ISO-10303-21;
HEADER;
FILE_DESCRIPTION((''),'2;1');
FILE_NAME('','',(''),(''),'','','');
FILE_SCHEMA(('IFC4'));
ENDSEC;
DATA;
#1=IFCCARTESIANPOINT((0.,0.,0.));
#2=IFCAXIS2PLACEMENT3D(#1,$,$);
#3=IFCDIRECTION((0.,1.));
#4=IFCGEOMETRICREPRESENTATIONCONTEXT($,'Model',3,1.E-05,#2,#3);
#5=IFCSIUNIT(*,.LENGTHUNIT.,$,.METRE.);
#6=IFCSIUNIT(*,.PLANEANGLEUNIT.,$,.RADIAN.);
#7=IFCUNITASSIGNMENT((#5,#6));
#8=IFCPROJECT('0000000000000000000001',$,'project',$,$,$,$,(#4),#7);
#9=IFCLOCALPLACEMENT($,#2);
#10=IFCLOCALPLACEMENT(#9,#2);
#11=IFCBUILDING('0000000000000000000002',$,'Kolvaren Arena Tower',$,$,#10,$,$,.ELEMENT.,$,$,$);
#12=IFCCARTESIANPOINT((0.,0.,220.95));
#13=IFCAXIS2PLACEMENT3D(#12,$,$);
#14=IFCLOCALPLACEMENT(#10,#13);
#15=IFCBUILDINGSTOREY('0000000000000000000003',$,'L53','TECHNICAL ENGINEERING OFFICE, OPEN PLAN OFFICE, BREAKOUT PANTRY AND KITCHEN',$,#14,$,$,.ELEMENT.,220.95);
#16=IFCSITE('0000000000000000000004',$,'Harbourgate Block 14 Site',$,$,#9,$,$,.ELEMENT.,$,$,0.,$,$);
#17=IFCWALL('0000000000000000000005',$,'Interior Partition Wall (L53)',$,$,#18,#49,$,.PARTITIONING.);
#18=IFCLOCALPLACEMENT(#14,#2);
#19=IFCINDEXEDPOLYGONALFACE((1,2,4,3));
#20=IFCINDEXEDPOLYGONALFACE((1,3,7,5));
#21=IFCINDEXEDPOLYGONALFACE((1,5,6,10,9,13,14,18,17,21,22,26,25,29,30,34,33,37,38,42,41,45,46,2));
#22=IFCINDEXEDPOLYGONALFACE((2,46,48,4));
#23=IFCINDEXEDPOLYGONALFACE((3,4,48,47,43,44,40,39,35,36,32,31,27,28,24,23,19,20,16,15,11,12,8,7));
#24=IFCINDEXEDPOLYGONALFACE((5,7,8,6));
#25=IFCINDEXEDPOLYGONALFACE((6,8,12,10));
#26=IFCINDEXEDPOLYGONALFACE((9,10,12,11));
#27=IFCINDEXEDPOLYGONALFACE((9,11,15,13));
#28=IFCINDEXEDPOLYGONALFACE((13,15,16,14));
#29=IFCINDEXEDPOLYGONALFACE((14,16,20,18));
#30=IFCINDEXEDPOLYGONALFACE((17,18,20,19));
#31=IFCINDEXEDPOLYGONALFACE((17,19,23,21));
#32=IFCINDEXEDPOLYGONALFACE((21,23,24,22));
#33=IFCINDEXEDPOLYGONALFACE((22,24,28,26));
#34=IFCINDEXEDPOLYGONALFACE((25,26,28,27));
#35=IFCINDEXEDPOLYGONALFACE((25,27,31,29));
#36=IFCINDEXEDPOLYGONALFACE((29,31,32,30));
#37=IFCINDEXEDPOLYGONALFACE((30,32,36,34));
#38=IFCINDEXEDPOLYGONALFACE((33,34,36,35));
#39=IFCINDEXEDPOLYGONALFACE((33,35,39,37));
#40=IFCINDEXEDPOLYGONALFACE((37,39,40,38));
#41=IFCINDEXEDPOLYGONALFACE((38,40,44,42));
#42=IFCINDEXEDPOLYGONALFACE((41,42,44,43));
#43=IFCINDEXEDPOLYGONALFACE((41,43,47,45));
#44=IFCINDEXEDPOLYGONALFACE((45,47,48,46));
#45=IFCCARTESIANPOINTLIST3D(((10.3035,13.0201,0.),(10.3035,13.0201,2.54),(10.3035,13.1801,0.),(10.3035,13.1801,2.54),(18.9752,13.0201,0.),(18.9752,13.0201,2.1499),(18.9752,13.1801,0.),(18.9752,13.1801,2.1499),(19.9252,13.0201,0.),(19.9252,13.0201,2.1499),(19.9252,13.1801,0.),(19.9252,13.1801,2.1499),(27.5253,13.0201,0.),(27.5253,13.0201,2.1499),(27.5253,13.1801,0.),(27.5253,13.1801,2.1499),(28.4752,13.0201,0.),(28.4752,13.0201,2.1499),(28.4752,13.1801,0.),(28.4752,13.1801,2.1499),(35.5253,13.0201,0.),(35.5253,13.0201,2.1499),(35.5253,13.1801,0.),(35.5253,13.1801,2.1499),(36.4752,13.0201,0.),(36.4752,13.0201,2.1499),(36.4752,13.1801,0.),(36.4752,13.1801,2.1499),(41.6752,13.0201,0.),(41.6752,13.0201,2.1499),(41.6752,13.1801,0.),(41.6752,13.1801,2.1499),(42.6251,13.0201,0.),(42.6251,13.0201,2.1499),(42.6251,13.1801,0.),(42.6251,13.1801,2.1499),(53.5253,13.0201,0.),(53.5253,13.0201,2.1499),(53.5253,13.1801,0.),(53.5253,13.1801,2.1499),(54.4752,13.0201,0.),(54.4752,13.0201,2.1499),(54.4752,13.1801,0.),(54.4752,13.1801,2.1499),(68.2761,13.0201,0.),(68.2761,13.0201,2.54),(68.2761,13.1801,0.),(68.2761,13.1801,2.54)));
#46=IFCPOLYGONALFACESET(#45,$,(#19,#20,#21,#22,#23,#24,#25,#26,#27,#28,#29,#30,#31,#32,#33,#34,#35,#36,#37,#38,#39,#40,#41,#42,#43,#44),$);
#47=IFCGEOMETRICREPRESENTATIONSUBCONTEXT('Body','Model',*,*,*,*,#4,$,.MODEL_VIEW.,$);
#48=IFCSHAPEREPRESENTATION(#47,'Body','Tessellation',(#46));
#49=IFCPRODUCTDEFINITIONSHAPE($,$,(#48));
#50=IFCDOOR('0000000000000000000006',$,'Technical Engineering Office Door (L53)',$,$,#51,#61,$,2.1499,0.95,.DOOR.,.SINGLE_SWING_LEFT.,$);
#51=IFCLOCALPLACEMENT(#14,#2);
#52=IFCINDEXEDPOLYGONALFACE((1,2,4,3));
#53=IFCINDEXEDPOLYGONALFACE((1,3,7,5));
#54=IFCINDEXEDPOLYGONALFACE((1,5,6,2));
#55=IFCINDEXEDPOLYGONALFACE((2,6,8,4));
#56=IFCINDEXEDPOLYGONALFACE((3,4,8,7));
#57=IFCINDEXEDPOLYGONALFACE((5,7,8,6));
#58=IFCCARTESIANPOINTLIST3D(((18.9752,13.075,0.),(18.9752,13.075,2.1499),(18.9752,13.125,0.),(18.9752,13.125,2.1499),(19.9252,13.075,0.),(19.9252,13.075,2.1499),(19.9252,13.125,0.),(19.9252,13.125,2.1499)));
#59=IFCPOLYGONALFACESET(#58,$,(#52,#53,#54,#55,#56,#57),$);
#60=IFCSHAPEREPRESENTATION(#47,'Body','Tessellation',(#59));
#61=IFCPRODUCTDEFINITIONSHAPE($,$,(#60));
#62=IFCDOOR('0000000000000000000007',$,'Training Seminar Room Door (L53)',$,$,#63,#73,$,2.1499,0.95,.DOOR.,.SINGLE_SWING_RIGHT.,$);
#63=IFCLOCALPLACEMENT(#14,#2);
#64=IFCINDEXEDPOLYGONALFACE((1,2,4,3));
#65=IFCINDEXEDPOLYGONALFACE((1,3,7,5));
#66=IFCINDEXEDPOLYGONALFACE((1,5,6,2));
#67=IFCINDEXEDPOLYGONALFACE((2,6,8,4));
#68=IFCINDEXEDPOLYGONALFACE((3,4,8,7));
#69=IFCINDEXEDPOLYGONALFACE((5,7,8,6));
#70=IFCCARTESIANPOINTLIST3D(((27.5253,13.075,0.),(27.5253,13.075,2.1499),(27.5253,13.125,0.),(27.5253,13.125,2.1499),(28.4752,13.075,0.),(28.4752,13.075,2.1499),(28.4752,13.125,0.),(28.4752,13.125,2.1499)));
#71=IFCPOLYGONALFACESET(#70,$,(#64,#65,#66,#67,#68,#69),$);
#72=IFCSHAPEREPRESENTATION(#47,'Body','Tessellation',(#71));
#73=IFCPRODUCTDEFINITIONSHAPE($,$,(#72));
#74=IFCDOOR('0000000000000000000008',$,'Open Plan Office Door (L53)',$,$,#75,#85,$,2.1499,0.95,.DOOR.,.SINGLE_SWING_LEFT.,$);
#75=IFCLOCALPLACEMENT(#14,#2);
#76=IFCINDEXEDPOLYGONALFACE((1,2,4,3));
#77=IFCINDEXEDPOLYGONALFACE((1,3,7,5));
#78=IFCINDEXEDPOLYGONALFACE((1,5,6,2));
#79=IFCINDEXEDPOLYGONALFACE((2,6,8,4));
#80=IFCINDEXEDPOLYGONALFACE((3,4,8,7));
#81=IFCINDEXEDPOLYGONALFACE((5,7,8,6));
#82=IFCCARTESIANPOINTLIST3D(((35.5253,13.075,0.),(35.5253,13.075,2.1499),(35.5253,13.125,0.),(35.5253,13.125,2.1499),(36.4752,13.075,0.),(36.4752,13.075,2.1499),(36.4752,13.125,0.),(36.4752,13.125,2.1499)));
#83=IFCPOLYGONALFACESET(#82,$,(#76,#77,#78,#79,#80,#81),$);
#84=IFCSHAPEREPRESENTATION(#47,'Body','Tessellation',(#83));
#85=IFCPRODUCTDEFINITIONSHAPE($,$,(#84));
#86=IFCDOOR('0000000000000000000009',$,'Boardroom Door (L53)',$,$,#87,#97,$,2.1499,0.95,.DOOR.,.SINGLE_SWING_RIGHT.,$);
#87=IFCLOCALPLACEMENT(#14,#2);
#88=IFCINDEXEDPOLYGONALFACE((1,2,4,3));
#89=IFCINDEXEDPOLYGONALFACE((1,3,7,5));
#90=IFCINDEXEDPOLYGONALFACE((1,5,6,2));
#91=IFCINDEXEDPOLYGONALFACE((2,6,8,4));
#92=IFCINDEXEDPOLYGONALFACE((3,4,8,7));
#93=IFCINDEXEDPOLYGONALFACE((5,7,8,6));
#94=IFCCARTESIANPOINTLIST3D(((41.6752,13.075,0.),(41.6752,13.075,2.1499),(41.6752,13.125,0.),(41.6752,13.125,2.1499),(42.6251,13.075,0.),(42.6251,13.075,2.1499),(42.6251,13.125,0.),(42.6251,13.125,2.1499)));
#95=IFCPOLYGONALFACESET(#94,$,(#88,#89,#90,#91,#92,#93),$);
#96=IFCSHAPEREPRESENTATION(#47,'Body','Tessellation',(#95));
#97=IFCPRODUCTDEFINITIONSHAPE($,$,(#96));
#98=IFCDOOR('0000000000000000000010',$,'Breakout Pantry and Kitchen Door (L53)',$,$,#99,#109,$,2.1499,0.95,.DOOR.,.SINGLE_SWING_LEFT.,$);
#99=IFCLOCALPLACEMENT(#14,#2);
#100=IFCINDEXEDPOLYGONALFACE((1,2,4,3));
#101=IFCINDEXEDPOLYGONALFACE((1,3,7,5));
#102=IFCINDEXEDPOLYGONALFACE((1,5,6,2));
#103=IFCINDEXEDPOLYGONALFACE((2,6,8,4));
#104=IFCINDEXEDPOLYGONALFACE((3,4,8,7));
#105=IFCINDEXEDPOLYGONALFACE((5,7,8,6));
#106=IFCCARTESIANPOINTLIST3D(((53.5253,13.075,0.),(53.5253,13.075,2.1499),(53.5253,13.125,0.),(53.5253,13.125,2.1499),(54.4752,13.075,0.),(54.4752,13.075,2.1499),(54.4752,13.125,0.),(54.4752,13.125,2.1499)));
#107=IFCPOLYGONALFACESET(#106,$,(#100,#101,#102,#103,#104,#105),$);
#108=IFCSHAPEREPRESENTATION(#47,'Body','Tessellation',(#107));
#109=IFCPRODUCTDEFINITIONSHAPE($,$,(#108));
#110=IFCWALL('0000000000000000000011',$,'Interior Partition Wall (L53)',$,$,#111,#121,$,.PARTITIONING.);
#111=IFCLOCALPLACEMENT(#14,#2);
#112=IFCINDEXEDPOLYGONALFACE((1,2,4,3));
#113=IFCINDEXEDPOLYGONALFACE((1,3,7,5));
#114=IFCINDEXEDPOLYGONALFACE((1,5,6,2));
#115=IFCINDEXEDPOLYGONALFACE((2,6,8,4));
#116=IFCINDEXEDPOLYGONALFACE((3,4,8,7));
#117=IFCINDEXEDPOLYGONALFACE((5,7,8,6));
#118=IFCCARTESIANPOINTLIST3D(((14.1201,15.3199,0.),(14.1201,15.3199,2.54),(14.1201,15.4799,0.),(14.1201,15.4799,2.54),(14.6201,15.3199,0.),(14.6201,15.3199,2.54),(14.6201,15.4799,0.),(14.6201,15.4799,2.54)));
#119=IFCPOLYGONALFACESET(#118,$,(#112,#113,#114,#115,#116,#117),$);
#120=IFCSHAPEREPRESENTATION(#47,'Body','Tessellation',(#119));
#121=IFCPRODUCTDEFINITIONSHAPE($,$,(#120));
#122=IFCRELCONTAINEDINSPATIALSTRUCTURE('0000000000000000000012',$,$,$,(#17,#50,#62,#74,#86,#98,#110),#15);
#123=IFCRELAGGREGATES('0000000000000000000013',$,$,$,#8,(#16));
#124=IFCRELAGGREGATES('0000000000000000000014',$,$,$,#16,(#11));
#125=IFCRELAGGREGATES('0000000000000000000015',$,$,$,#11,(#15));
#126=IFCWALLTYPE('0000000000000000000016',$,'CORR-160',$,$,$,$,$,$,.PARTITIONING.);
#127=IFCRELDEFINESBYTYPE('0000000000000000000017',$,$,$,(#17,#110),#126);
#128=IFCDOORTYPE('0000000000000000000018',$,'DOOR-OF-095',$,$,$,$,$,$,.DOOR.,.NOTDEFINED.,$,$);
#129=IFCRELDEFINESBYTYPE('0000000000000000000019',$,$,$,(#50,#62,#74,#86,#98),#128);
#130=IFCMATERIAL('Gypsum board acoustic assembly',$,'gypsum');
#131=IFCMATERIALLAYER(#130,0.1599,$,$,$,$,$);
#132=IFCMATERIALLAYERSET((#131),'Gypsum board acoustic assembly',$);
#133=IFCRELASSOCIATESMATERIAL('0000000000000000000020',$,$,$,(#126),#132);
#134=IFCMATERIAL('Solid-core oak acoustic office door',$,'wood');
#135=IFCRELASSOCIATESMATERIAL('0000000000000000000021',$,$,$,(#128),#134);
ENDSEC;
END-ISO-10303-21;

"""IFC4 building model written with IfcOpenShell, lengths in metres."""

from ifc_helpers import new_model, si_unit, direction, frame, frame_2d, origin, place, context, subcontext, project, spatial, rectangle, extrude, material, layer, layer_set, type_object, element, fill, save


model = new_model("IFC4")

# Units and contexts
model_context = context("Model", 3, precision=1e-05, world=origin(), true_north=direction((0.0, 1.0)))
body_context = subcontext(model_context, "Body", "Model", "MODEL_VIEW")
ifc_project = project(units=[si_unit("LENGTHUNIT", "METRE"), si_unit("PLANEANGLEUNIT", "RADIAN")], contexts=[model_context])

# Site, building, storey
site_placement = place(None, origin())
site = spatial("IfcSite", under=ifc_project, at=site_placement, Name="Harbourgate Block 14 Site", CompositionType="ELEMENT", RefElevation=0.0)
building_placement = place(site_placement, origin())
building = spatial("IfcBuilding", under=site, at=building_placement, Name="Kolvaren Arena Tower", CompositionType="ELEMENT")
storey_placement = place(building_placement, frame((0.0, 0.0, 220.95)))
storey = spatial("IfcBuildingStorey", under=building, at=storey_placement, Name="L53", Description="TECHNICAL ENGINEERING OFFICE, OPEN PLAN OFFICE, BREAKOUT PANTRY AND KITCHEN", CompositionType="ELEMENT", Elevation=220.95)

# Wall, openings, doors
ifc_material_1 = material(Name="Gypsum board acoustic assembly", Category="gypsum")
ifc_layer_1 = layer(ifc_material_1, 0.1599)
ifc_layer_set_1 = layer_set([ifc_layer_1], Name="Gypsum board acoustic assembly")
wall_type_1 = type_object("IfcWallType", Name="CORR-160", PredefinedType="PARTITIONING", material=ifc_layer_set_1)
wall_1_placement = place(storey_placement, frame((10.3035, 13.1001, 0.0), z_axis=(0.0, 0.0, 1.0), x_axis=(1.0, 0.0, 0.0)))
wall_1 = element("IfcWall", 1, at=wall_1_placement, inside=storey, type_object=wall_type_1, Name="Interior Partition Wall (L53)", PredefinedType="PARTITIONING", context=body_context, shape_type="SweptSolid", body=[
    extrude(rectangle(XDim=57.9727, YDim=0.1599, at=frame_2d((28.9863, 0.0))), origin(), (0.0, 0.0, 1.0), 2.54),
])
opening_1_placement = place(wall_1_placement, frame((8.6716, 0.0, 0.0)))
opening_1 = element("IfcOpeningElement", 2, at=opening_1_placement, cuts=wall_1, PredefinedType="OPENING", context=body_context, shape_type="SweptSolid", body=[
    extrude(rectangle(XDim=0.95, YDim=2.1499, at=frame_2d((0.4751, 1.075))), frame((0.0, 0.0898, 0.0), z_axis=(0.0, -1.0, 0.0), x_axis=(1.0, 0.0, 0.0)), (0.0, 0.0, 1.0), 0.1799),
])
opening_2_placement = place(wall_1_placement, frame((17.2217, 0.0, 0.0)))
opening_2 = element("IfcOpeningElement", 3, at=opening_2_placement, cuts=wall_1, PredefinedType="OPENING", context=body_context, shape_type="SweptSolid", body=[
    extrude(rectangle(XDim=0.95, YDim=2.1499, at=frame_2d((0.4751, 1.075))), frame((0.0, 0.0898, 0.0), z_axis=(0.0, -1.0, 0.0), x_axis=(1.0, 0.0, 0.0)), (0.0, 0.0, 1.0), 0.1799),
])
opening_3_placement = place(wall_1_placement, frame((25.2217, 0.0, 0.0)))
opening_3 = element("IfcOpeningElement", 4, at=opening_3_placement, cuts=wall_1, PredefinedType="OPENING", context=body_context, shape_type="SweptSolid", body=[
    extrude(rectangle(XDim=0.95, YDim=2.1499, at=frame_2d((0.4751, 1.075))), frame((0.0, 0.0898, 0.0), z_axis=(0.0, -1.0, 0.0), x_axis=(1.0, 0.0, 0.0)), (0.0, 0.0, 1.0), 0.1799),
])
opening_4_placement = place(wall_1_placement, frame((31.3716, 0.0, 0.0)))
opening_4 = element("IfcOpeningElement", 5, at=opening_4_placement, cuts=wall_1, PredefinedType="OPENING", context=body_context, shape_type="SweptSolid", body=[
    extrude(rectangle(XDim=0.95, YDim=2.1499, at=frame_2d((0.4751, 1.075))), frame((0.0, 0.0898, 0.0), z_axis=(0.0, -1.0, 0.0), x_axis=(1.0, 0.0, 0.0)), (0.0, 0.0, 1.0), 0.1799),
])
opening_5_placement = place(wall_1_placement, frame((43.2217, 0.0, 0.0)))
opening_5 = element("IfcOpeningElement", 6, at=opening_5_placement, cuts=wall_1, PredefinedType="OPENING", context=body_context, shape_type="SweptSolid", body=[
    extrude(rectangle(XDim=0.95, YDim=2.1499, at=frame_2d((0.4751, 1.075))), frame((0.0, 0.0898, 0.0), z_axis=(0.0, -1.0, 0.0), x_axis=(1.0, 0.0, 0.0)), (0.0, 0.0, 1.0), 0.1799),
])
ifc_material_2 = material(Name="Solid-core oak acoustic office door", Category="wood")
door_type_1 = type_object("IfcDoorType", Name="DOOR-OF-095", OperationType="NOTDEFINED", PredefinedType="DOOR", material=ifc_material_2)
door_1_placement = place(opening_1_placement, origin())
door_1 = element("IfcDoor", 7, at=door_1_placement, inside=storey, type_object=door_type_1, Name="Technical Engineering Office Door (L53)", OperationType="SINGLE_SWING_LEFT", OverallHeight=2.1499, OverallWidth=0.95, PredefinedType="DOOR", context=body_context, shape_type="SweptSolid", body=[
    extrude(rectangle(XDim=0.95, YDim=2.1499, at=frame_2d((0.4751, 1.075))), frame((0.0, 0.0249, 0.0), z_axis=(0.0, -1.0, 0.0), x_axis=(1.0, 0.0, 0.0)), (0.0, 0.0, 1.0), 0.05),
])
fill(opening_1, door_1)
door_2_placement = place(opening_2_placement, origin())
door_2 = element("IfcDoor", 8, at=door_2_placement, inside=storey, type_object=door_type_1, Name="Training Seminar Room Door (L53)", OperationType="SINGLE_SWING_RIGHT", OverallHeight=2.1499, OverallWidth=0.95, PredefinedType="DOOR", context=body_context, shape_type="SweptSolid", body=[
    extrude(rectangle(XDim=0.95, YDim=2.1499, at=frame_2d((0.4751, 1.075))), frame((0.0, 0.0249, 0.0), z_axis=(0.0, -1.0, 0.0), x_axis=(1.0, 0.0, 0.0)), (0.0, 0.0, 1.0), 0.05),
])
fill(opening_2, door_2)
door_3_placement = place(opening_3_placement, origin())
door_3 = element("IfcDoor", 9, at=door_3_placement, inside=storey, type_object=door_type_1, Name="Open Plan Office Door (L53)", OperationType="SINGLE_SWING_LEFT", OverallHeight=2.1499, OverallWidth=0.95, PredefinedType="DOOR", context=body_context, shape_type="SweptSolid", body=[
    extrude(rectangle(XDim=0.95, YDim=2.1499, at=frame_2d((0.4751, 1.075))), frame((0.0, 0.0249, 0.0), z_axis=(0.0, -1.0, 0.0), x_axis=(1.0, 0.0, 0.0)), (0.0, 0.0, 1.0), 0.05),
])
fill(opening_3, door_3)
door_4_placement = place(opening_4_placement, origin())
door_4 = element("IfcDoor", 10, at=door_4_placement, inside=storey, type_object=door_type_1, Name="Boardroom Door (L53)", OperationType="SINGLE_SWING_RIGHT", OverallHeight=2.1499, OverallWidth=0.95, PredefinedType="DOOR", context=body_context, shape_type="SweptSolid", body=[
    extrude(rectangle(XDim=0.95, YDim=2.1499, at=frame_2d((0.4751, 1.075))), frame((0.0, 0.0249, 0.0), z_axis=(0.0, -1.0, 0.0), x_axis=(1.0, 0.0, 0.0)), (0.0, 0.0, 1.0), 0.05),
])
fill(opening_4, door_4)
door_5_placement = place(opening_5_placement, origin())
door_5 = element("IfcDoor", 11, at=door_5_placement, inside=storey, type_object=door_type_1, Name="Breakout Pantry and Kitchen Door (L53)", OperationType="SINGLE_SWING_LEFT", OverallHeight=2.1499, OverallWidth=0.95, PredefinedType="DOOR", context=body_context, shape_type="SweptSolid", body=[
    extrude(rectangle(XDim=0.95, YDim=2.1499, at=frame_2d((0.4751, 1.075))), frame((0.0, 0.0249, 0.0), z_axis=(0.0, -1.0, 0.0), x_axis=(1.0, 0.0, 0.0)), (0.0, 0.0, 1.0), 0.05),
])
fill(opening_5, door_5)

# Wall
wall_2_placement = place(storey_placement, frame((14.1201, 15.3999, 0.0), z_axis=(0.0, 0.0, 1.0), x_axis=(1.0, 0.0, 0.0)))
element("IfcWall", 12, at=wall_2_placement, inside=storey, type_object=wall_type_1, Name="Interior Partition Wall (L53)", PredefinedType="PARTITIONING", context=body_context, shape_type="SweptSolid", body=[
    extrude(rectangle(XDim=0.5, YDim=0.1599, at=frame_2d((0.25, 0.0))), origin(), (0.0, 0.0, 1.0), 2.54),
])

save(model, "model.ifc")
